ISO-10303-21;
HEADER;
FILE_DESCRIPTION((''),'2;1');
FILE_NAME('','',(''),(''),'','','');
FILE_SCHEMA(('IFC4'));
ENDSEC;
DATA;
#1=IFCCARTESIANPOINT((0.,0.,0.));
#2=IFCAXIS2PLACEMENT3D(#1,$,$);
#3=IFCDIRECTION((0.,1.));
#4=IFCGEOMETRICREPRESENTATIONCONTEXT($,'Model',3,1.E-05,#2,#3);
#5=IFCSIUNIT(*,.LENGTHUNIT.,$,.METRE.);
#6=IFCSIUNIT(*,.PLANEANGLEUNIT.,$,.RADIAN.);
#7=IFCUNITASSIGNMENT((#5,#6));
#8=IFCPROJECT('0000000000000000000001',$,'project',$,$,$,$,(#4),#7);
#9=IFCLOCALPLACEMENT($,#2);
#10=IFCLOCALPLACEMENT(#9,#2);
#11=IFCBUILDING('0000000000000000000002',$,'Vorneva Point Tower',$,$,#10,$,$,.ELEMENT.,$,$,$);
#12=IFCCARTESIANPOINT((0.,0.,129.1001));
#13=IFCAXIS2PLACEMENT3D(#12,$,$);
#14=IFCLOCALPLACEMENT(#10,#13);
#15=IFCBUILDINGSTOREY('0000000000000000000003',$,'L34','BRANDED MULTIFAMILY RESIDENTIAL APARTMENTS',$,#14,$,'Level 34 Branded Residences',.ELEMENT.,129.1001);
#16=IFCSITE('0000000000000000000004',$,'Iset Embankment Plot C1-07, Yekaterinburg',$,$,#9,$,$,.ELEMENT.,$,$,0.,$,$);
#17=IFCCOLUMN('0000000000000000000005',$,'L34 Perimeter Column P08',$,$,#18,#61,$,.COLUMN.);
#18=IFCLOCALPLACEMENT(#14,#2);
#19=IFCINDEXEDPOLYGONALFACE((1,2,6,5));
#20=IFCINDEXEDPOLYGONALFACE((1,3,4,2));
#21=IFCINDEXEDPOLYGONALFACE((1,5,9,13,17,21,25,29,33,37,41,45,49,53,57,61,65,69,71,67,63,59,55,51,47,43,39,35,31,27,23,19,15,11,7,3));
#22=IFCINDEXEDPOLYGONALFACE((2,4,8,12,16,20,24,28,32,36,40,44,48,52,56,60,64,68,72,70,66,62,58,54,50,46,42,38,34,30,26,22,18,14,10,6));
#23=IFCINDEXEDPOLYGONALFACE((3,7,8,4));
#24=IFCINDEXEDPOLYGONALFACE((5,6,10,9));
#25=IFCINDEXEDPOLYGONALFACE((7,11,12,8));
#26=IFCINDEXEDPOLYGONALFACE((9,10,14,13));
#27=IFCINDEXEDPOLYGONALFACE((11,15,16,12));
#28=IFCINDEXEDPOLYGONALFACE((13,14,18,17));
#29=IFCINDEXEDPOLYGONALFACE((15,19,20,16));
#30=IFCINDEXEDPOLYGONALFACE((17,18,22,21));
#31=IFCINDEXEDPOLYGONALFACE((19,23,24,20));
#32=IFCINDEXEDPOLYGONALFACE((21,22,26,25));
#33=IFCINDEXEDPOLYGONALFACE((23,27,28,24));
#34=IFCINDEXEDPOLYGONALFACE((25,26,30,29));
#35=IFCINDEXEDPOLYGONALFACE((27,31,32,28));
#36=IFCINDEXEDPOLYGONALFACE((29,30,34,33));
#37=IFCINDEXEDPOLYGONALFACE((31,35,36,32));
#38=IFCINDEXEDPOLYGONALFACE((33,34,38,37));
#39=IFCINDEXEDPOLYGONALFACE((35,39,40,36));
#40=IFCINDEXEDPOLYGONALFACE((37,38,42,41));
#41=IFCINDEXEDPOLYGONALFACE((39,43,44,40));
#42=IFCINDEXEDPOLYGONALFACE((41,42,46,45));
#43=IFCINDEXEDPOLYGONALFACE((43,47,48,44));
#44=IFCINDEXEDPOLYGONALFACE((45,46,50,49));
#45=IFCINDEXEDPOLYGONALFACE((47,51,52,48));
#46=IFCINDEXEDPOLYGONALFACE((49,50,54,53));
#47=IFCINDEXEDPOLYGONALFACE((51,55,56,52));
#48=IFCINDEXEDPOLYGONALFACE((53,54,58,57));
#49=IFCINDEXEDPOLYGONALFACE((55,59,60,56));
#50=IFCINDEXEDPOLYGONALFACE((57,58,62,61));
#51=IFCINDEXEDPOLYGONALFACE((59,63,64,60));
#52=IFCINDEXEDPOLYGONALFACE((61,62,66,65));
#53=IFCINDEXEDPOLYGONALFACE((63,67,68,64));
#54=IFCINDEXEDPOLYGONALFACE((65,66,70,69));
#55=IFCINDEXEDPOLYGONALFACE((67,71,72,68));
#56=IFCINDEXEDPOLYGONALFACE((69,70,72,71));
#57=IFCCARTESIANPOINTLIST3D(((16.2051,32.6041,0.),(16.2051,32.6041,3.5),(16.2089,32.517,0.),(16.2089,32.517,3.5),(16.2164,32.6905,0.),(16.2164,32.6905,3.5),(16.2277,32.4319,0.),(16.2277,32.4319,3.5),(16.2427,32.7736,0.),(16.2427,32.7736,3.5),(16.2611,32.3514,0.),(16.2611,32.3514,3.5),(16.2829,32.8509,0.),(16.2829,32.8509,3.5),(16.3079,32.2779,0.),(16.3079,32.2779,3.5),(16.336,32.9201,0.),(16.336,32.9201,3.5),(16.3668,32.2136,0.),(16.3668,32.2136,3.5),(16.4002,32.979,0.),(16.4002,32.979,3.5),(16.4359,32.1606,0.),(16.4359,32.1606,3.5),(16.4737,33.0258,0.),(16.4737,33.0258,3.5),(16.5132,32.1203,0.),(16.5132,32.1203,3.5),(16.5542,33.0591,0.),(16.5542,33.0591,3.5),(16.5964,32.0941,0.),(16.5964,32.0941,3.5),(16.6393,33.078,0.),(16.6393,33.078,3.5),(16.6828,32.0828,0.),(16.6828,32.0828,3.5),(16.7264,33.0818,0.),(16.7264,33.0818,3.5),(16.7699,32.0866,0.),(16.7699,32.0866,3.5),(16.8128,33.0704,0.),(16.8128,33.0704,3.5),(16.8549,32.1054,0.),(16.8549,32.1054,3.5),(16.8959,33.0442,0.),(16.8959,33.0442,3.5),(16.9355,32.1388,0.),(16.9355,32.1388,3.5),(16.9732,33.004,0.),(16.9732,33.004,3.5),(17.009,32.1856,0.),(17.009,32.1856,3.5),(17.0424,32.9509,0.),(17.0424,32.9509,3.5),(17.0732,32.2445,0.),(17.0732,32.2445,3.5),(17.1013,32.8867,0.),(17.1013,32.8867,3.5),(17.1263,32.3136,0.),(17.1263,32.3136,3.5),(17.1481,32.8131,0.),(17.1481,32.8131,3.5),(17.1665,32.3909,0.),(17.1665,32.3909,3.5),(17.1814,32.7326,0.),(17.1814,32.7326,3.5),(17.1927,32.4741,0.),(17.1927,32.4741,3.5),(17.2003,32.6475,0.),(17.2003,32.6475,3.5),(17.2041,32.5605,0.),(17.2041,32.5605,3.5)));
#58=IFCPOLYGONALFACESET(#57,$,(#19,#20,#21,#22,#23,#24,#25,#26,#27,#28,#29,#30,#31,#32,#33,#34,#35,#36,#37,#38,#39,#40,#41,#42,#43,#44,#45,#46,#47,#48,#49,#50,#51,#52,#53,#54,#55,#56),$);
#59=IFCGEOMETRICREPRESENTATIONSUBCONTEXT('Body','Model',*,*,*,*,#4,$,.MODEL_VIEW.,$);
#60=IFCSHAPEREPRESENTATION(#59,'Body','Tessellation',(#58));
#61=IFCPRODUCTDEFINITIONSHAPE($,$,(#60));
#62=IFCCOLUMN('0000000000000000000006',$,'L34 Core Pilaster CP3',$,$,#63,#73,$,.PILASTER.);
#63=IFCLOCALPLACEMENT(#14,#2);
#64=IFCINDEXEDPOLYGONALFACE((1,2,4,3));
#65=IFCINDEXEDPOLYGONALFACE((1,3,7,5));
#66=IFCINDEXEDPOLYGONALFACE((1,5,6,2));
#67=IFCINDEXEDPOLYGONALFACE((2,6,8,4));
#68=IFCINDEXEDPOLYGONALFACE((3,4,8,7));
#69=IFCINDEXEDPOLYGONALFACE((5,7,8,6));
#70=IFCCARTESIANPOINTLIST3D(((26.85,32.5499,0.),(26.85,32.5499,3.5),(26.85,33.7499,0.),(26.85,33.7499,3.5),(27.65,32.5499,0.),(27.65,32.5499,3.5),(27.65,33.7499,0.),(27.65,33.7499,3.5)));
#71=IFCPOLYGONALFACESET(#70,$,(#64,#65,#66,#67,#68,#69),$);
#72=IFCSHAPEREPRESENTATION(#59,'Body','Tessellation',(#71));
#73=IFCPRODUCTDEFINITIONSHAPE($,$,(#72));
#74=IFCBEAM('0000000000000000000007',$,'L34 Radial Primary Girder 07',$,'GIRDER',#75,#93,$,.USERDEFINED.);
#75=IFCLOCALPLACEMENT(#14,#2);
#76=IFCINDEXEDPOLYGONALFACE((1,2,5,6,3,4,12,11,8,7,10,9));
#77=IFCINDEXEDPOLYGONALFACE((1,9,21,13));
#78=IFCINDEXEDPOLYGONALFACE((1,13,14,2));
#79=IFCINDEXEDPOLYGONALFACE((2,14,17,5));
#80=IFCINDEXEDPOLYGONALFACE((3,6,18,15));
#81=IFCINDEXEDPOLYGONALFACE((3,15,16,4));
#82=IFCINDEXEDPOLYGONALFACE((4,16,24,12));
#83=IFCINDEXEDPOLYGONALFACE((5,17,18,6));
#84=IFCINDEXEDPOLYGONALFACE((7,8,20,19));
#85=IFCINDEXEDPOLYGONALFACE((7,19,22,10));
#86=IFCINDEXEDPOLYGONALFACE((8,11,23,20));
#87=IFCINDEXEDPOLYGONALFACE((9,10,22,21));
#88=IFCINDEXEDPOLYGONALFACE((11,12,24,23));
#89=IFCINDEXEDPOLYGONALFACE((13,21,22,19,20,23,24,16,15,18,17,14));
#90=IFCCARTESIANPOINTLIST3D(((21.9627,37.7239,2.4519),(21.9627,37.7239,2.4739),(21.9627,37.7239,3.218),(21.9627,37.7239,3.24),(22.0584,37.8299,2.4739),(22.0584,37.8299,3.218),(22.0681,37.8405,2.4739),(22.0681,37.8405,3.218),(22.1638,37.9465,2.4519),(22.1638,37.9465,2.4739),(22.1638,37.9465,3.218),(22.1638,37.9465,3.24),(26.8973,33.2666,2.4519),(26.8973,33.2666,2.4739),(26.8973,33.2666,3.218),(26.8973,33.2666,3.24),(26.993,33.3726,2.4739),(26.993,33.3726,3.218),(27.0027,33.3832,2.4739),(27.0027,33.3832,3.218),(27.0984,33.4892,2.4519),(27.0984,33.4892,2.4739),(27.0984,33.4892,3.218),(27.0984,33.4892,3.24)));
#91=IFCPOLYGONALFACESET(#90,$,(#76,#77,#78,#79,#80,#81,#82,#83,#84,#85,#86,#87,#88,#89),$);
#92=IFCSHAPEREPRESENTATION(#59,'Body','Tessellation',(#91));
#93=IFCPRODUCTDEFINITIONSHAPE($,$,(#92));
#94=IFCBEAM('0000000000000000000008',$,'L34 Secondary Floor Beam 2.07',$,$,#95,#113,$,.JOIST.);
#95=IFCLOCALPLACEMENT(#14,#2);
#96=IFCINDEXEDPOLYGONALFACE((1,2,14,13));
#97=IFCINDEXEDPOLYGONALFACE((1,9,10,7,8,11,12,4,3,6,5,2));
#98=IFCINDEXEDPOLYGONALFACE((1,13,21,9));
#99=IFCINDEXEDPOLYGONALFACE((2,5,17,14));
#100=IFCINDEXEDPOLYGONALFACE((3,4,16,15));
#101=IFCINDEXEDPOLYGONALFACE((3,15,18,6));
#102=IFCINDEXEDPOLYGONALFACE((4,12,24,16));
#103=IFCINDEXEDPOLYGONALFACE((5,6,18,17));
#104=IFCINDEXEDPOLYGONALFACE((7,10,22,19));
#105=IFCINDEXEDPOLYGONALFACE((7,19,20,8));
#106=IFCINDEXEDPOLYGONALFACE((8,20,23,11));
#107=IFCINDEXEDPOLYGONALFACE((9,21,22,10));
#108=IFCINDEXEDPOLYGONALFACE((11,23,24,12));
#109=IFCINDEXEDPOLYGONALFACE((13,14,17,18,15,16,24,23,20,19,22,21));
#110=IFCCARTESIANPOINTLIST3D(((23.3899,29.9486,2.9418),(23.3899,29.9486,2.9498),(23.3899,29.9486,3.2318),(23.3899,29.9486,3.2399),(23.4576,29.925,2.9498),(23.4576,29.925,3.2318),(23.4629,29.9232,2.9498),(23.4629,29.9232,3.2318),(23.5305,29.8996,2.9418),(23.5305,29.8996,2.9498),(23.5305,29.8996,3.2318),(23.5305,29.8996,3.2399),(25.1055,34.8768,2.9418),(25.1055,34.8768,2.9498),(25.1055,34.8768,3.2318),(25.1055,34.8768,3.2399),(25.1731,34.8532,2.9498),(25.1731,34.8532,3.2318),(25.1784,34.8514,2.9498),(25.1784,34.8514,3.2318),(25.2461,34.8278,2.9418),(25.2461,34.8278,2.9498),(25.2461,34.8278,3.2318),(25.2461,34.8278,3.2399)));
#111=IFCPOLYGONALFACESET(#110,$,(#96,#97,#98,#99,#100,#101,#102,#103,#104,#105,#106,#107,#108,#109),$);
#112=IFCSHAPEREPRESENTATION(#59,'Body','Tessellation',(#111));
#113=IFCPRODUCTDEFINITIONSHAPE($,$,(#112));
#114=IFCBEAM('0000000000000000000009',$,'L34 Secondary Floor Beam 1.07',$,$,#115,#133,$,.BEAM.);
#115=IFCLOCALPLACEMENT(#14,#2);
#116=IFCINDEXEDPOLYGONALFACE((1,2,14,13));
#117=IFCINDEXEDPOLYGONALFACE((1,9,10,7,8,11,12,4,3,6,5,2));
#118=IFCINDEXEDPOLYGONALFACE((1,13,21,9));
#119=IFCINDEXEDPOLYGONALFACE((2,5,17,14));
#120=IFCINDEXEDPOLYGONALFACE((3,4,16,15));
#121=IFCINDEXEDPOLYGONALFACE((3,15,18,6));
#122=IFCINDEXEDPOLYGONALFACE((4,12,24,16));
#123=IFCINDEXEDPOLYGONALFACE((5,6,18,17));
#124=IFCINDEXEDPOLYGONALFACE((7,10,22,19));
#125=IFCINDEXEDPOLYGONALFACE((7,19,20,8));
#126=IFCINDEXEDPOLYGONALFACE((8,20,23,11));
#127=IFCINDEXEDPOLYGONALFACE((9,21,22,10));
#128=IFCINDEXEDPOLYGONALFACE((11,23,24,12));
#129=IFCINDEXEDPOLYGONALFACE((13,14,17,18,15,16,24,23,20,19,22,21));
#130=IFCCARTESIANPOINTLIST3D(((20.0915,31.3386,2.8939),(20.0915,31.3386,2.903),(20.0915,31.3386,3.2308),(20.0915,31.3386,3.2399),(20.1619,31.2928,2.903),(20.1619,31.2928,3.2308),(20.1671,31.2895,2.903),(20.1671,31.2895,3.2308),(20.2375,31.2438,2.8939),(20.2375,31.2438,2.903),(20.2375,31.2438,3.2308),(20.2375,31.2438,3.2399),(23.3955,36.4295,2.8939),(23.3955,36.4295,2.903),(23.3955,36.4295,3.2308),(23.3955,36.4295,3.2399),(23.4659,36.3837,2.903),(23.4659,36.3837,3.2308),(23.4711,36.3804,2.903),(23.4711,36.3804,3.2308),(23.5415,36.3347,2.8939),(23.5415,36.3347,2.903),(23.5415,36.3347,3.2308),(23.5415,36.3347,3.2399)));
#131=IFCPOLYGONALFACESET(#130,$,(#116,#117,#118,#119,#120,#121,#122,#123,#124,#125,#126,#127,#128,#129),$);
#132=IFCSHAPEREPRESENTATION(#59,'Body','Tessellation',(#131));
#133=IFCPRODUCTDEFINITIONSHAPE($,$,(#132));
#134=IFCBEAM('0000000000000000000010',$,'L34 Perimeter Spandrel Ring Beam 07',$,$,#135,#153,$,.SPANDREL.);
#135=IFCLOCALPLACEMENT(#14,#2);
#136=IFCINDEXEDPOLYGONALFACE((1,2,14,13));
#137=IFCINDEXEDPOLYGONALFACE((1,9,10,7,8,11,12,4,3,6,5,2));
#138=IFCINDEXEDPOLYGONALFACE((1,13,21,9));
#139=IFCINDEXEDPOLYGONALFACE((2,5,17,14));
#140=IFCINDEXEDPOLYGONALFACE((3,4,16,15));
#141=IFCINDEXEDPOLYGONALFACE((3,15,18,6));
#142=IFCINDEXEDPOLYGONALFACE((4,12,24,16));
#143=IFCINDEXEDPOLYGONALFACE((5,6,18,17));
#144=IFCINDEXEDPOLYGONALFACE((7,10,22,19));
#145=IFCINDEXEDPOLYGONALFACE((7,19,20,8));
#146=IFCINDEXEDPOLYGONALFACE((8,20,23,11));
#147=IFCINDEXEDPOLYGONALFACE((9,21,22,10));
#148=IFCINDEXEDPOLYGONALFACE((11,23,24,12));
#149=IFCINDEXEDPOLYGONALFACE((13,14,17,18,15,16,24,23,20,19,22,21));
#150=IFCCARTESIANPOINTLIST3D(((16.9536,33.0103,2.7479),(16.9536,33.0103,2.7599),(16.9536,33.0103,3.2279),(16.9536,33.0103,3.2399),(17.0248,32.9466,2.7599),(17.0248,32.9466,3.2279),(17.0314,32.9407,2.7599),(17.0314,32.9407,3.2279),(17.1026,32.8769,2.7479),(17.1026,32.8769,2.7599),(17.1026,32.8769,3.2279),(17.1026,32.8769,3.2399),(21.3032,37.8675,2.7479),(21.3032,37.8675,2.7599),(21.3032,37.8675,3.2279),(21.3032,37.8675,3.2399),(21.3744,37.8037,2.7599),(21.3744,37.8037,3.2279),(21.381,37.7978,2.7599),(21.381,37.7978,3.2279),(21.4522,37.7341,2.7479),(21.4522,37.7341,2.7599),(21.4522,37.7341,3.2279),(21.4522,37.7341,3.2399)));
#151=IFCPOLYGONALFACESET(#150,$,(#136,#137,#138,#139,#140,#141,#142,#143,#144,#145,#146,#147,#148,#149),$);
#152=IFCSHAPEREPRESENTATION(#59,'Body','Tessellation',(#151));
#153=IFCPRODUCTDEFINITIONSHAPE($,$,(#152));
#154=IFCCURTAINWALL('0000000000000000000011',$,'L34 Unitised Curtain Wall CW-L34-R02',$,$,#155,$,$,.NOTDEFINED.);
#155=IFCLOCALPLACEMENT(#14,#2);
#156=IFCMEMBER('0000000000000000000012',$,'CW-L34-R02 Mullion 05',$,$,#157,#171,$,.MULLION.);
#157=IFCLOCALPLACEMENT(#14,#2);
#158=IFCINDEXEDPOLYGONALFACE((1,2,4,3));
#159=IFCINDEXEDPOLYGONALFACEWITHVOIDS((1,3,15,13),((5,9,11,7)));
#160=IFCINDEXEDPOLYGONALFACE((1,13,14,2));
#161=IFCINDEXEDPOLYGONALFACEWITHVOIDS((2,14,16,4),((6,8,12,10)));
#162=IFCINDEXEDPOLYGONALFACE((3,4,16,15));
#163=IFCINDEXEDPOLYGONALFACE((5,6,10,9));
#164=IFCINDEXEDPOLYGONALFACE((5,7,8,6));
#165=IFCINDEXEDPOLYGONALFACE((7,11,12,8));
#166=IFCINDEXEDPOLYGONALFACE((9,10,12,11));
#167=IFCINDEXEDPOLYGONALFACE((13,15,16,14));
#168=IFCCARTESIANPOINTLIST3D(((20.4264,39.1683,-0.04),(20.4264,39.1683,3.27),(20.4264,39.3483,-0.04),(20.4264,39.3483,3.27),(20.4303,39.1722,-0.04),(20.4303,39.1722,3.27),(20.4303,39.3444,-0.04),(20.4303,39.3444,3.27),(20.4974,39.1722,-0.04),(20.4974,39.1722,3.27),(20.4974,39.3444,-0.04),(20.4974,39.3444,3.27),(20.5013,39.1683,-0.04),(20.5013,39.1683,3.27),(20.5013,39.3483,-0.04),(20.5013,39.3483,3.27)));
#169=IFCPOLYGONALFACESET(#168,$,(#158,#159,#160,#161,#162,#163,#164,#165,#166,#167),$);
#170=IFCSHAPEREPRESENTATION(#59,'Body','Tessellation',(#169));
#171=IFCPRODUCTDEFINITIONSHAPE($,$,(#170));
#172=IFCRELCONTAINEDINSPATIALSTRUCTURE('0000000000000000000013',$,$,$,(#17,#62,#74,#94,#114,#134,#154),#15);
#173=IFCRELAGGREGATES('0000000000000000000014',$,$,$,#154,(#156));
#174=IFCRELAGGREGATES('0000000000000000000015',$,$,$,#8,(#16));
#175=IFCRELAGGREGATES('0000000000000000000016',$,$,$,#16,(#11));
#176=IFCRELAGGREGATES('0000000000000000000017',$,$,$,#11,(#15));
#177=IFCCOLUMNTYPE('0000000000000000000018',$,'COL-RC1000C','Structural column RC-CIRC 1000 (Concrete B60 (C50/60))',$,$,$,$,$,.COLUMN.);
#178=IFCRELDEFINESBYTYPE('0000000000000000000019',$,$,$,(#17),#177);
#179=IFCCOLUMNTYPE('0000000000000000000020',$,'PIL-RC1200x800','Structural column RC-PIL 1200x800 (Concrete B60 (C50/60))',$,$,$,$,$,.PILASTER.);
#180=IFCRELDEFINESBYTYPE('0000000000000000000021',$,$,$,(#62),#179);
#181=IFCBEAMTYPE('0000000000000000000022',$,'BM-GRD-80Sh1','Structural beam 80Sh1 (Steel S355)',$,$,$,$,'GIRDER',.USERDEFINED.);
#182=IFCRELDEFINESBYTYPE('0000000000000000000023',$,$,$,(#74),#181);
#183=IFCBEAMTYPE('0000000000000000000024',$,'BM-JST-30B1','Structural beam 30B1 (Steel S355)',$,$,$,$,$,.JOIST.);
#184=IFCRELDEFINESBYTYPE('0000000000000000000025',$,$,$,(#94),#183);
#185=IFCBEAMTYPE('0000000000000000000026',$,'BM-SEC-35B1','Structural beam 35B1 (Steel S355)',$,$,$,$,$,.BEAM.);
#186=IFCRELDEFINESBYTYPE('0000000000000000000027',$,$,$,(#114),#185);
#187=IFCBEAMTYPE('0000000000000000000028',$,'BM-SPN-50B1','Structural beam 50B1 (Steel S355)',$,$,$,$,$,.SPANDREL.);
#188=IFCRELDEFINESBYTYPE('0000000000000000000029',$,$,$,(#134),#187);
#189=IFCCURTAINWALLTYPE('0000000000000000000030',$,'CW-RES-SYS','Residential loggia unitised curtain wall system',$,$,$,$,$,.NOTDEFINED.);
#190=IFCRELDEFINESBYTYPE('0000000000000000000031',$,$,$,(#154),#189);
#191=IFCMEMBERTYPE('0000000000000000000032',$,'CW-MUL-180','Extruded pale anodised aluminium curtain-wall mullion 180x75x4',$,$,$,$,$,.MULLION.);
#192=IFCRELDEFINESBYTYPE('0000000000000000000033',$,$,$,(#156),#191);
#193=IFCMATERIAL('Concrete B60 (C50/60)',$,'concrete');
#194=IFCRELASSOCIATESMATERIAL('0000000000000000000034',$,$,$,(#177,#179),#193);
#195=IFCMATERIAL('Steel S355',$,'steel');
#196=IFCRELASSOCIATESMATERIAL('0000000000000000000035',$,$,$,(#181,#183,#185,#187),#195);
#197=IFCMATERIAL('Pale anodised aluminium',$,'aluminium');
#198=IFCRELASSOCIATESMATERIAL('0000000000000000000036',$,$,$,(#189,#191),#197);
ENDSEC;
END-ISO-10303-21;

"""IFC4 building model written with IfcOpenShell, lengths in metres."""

from ifc_helpers import new_model, si_unit, direction, frame, origin, origin_2d, place, context, subcontext, project, spatial, rectangle, hollow_rectangle, circle, i_section, extrude, material, material_profile, profile_set, type_object, element, aggregate, save


model = new_model("IFC4")

# Units and contexts
model_context = context("Model", 3, precision=1e-05, world=origin(), true_north=direction((0.0, 1.0)))
body_context = subcontext(model_context, "Body", "Model", "MODEL_VIEW")
ifc_project = project(units=[si_unit("LENGTHUNIT", "METRE"), si_unit("PLANEANGLEUNIT", "RADIAN")], contexts=[model_context])

# Site, building, storey
site_placement = place(None, origin())
site = spatial("IfcSite", under=ifc_project, at=site_placement, Name="Iset Embankment Plot C1-07, Yekaterinburg", CompositionType="ELEMENT", RefElevation=0.0)
building_placement = place(site_placement, origin())
building = spatial("IfcBuilding", under=site, at=building_placement, Name="Vorneva Point Tower", CompositionType="ELEMENT")
storey_placement = place(building_placement, frame((0.0, 0.0, 129.1001)))
storey = spatial("IfcBuildingStorey", under=building, at=storey_placement, Name="L34", Description="BRANDED MULTIFAMILY RESIDENTIAL APARTMENTS", LongName="Level 34 Branded Residences", CompositionType="ELEMENT", Elevation=129.1001)

# Columns
ifc_material_1 = material(Name="Concrete B60 (C50/60)", Category="concrete")
ifc_material_profile_1 = material_profile(ifc_material_1, circle(Radius=0.5, at=origin_2d()), Name="RC-CIRC 1000")
ifc_profile_set_1 = profile_set([ifc_material_profile_1], Name="Concrete B60 (C50/60)")
column_type_1 = type_object("IfcColumnType", Name="COL-RC1000C", Description="Structural column RC-CIRC 1000 (Concrete B60 (C50/60))", PredefinedType="COLUMN", material=ifc_profile_set_1)
for number, where, z_axis, x_axis, name in (
    (1, (16.7046, 32.5823, 0.0), (0.0, 0.0, 1.0), (-0.92388, 0.382683, 0.0), "L34 Perimeter Column P08"),
):
    element("IfcColumn", number, at=place(storey_placement, frame(where, z_axis=z_axis, x_axis=x_axis)), inside=storey, type_object=column_type_1, Name=name, PredefinedType="COLUMN", context=body_context, shape_type="SweptSolid", body=[
        extrude(circle(Radius=0.5, at=origin_2d()), origin(), (0.0, 0.0, 1.0), 3.5),
    ])
ifc_material_profile_2 = material_profile(ifc_material_1, rectangle(XDim=0.8, YDim=1.2, at=origin_2d()), Name="RC-PIL 1200x800")
ifc_profile_set_2 = profile_set([ifc_material_profile_2], Name="Concrete B60 (C50/60)")
column_type_2 = type_object("IfcColumnType", Name="PIL-RC1200x800", Description="Structural column RC-PIL 1200x800 (Concrete B60 (C50/60))", PredefinedType="PILASTER", material=ifc_profile_set_2)
column_placement = place(storey_placement, frame((27.25, 33.1499, 0.0), z_axis=(0.0, 0.0, 1.0), x_axis=(1.0, 0.0, 0.0)))
element("IfcColumn", 2, at=column_placement, inside=storey, type_object=column_type_2, Name="L34 Core Pilaster CP3", PredefinedType="PILASTER", context=body_context, shape_type="SweptSolid", body=[
    extrude(rectangle(XDim=0.8, YDim=1.2, at=origin_2d()), origin(), (0.0, 0.0, 1.0), 3.5),
])

# Beams
ifc_material_2 = material(Name="Steel S355", Category="steel")
ifc_material_profile_3 = material_profile(ifc_material_2, i_section(OverallWidth=0.3, OverallDepth=0.7881, WebThickness=0.0144, FlangeThickness=0.022, at=origin_2d()), Name="80Sh1")
ifc_profile_set_3 = profile_set([ifc_material_profile_3], Name="Steel S355")
beam_type_1 = type_object("IfcBeamType", Name="BM-GRD-80Sh1", Description="Structural beam 80Sh1 (Steel S355)", ElementType="GIRDER", PredefinedType="USERDEFINED", material=ifc_profile_set_3)
beam_1_placement = place(storey_placement, frame((22.0632, 37.8352, 2.8459), z_axis=(0.742084, -0.670306, 0.0), x_axis=(0.670306, 0.742084, 0.0)))
element("IfcBeam", 3, at=beam_1_placement, inside=storey, type_object=beam_type_1, Name="L34 Radial Primary Girder 07", ObjectType="GIRDER", PredefinedType="USERDEFINED", context=body_context, shape_type="SweptSolid", body=[
    extrude(i_section(OverallWidth=0.3, OverallDepth=0.7881, WebThickness=0.0144, FlangeThickness=0.022, at=origin_2d()), origin(), (0.0, 0.0, 1.0), 6.6497),
])
ifc_material_profile_4 = material_profile(ifc_material_2, i_section(OverallWidth=0.1489, OverallDepth=0.2981, WebThickness=0.0056, FlangeThickness=0.0081, at=origin_2d()), Name="30B1")
ifc_profile_set_4 = profile_set([ifc_material_profile_4], Name="Steel S355")
beam_type_2 = type_object("IfcBeamType", Name="BM-JST-30B1", Description="Structural beam 30B1 (Steel S355)", PredefinedType="JOIST", material=ifc_profile_set_4)
beam_2_placement = place(storey_placement, frame((25.1758, 34.8523, 3.0908), z_axis=(-0.328762, -0.944413, 0.0), x_axis=(0.944413, -0.328762, 0.0)))
element("IfcBeam", 4, at=beam_2_placement, inside=storey, type_object=beam_type_2, Name="L34 Secondary Floor Beam 2.07", PredefinedType="JOIST", context=body_context, shape_type="SweptSolid", body=[
    extrude(i_section(OverallWidth=0.1489, OverallDepth=0.2981, WebThickness=0.0056, FlangeThickness=0.0081, at=origin_2d()), origin(), (0.0, 0.0, 1.0), 5.2183),
])
ifc_material_profile_5 = material_profile(ifc_material_2, i_section(OverallWidth=0.1741, OverallDepth=0.3459, WebThickness=0.0061, FlangeThickness=0.009, at=origin_2d()), Name="35B1")
ifc_profile_set_5 = profile_set([ifc_material_profile_5], Name="Steel S355")
beam_type_3 = type_object("IfcBeamType", Name="BM-SEC-35B1", Description="Structural beam 35B1 (Steel S355)", PredefinedType="BEAM", material=ifc_profile_set_5)
beam_3_placement = place(storey_placement, frame((23.4685, 36.3821, 3.0669), z_axis=(-0.5444, -0.838826, 0.0), x_axis=(0.838826, -0.5444, 0.0)))
element("IfcBeam", 5, at=beam_3_placement, inside=storey, type_object=beam_type_3, Name="L34 Secondary Floor Beam 1.07", PredefinedType="BEAM", context=body_context, shape_type="SweptSolid", body=[
    extrude(i_section(OverallWidth=0.1741, OverallDepth=0.3459, WebThickness=0.0061, FlangeThickness=0.009, at=origin_2d()), origin(), (0.0, 0.0, 1.0), 6.0691),
])
ifc_material_profile_6 = material_profile(ifc_material_2, i_section(OverallWidth=0.2, OverallDepth=0.4919, WebThickness=0.0088, FlangeThickness=0.012, at=origin_2d()), Name="50B1")
ifc_profile_set_6 = profile_set([ifc_material_profile_6], Name="Steel S355")
beam_type_4 = type_object("IfcBeamType", Name="BM-SPN-50B1", Description="Structural beam 50B1 (Steel S355)", PredefinedType="SPANDREL", material=ifc_profile_set_6)
beam_4_placement = place(storey_placement, frame((21.3777, 37.8008, 2.9939), z_axis=(-0.667111, -0.744958, 0.0), x_axis=(0.744958, -0.667111, 0.0)))
element("IfcBeam", 6, at=beam_4_placement, inside=storey, type_object=beam_type_4, Name="L34 Perimeter Spandrel Ring Beam 07", PredefinedType="SPANDREL", context=body_context, shape_type="SweptSolid", body=[
    extrude(i_section(OverallWidth=0.2, OverallDepth=0.4919, WebThickness=0.0088, FlangeThickness=0.012, at=origin_2d()), origin(), (0.0, 0.0, 1.0), 6.52),
])

# Curtain wall, member
ifc_material_3 = material(Name="Pale anodised aluminium", Category="aluminium")
curtain_wall_type = type_object("IfcCurtainWallType", Name="CW-RES-SYS", Description="Residential loggia unitised curtain wall system", PredefinedType="NOTDEFINED", material=ifc_material_3)
curtain_wall_1_placement = place(storey_placement, origin())
curtain_wall_1 = element("IfcCurtainWall", 7, at=curtain_wall_1_placement, inside=storey, type_object=curtain_wall_type, Name="L34 Unitised Curtain Wall CW-L34-R02", PredefinedType="NOTDEFINED")
ifc_material_profile_7 = material_profile(ifc_material_3, hollow_rectangle(XDim=0.075, YDim=0.1799, WallThickness=0.0039, at=origin_2d()), Name="AL-MUL 180x75x4")
ifc_profile_set_7 = profile_set([ifc_material_profile_7], Name="Pale anodised aluminium")
member_type_1 = type_object("IfcMemberType", Name="CW-MUL-180", Description="Extruded pale anodised aluminium curtain-wall mullion 180x75x4", PredefinedType="MULLION", material=ifc_profile_set_7)
member_1_placement = place(storey_placement, frame((20.4639, 39.2583, -0.04), z_axis=(0.0, 0.0, 1.0), x_axis=(1.0, 0.0, 0.0)))
member_1 = element("IfcMember", 8, at=member_1_placement, type_object=member_type_1, Name="CW-L34-R02 Mullion 05", PredefinedType="MULLION", context=body_context, shape_type="SweptSolid", body=[
    extrude(hollow_rectangle(XDim=0.075, YDim=0.1799, WallThickness=0.0039, at=origin_2d()), origin(), (0.0, 0.0, 1.0), 3.3101),
])

aggregate(curtain_wall_1, [member_1])

save(model, "model.ifc")
